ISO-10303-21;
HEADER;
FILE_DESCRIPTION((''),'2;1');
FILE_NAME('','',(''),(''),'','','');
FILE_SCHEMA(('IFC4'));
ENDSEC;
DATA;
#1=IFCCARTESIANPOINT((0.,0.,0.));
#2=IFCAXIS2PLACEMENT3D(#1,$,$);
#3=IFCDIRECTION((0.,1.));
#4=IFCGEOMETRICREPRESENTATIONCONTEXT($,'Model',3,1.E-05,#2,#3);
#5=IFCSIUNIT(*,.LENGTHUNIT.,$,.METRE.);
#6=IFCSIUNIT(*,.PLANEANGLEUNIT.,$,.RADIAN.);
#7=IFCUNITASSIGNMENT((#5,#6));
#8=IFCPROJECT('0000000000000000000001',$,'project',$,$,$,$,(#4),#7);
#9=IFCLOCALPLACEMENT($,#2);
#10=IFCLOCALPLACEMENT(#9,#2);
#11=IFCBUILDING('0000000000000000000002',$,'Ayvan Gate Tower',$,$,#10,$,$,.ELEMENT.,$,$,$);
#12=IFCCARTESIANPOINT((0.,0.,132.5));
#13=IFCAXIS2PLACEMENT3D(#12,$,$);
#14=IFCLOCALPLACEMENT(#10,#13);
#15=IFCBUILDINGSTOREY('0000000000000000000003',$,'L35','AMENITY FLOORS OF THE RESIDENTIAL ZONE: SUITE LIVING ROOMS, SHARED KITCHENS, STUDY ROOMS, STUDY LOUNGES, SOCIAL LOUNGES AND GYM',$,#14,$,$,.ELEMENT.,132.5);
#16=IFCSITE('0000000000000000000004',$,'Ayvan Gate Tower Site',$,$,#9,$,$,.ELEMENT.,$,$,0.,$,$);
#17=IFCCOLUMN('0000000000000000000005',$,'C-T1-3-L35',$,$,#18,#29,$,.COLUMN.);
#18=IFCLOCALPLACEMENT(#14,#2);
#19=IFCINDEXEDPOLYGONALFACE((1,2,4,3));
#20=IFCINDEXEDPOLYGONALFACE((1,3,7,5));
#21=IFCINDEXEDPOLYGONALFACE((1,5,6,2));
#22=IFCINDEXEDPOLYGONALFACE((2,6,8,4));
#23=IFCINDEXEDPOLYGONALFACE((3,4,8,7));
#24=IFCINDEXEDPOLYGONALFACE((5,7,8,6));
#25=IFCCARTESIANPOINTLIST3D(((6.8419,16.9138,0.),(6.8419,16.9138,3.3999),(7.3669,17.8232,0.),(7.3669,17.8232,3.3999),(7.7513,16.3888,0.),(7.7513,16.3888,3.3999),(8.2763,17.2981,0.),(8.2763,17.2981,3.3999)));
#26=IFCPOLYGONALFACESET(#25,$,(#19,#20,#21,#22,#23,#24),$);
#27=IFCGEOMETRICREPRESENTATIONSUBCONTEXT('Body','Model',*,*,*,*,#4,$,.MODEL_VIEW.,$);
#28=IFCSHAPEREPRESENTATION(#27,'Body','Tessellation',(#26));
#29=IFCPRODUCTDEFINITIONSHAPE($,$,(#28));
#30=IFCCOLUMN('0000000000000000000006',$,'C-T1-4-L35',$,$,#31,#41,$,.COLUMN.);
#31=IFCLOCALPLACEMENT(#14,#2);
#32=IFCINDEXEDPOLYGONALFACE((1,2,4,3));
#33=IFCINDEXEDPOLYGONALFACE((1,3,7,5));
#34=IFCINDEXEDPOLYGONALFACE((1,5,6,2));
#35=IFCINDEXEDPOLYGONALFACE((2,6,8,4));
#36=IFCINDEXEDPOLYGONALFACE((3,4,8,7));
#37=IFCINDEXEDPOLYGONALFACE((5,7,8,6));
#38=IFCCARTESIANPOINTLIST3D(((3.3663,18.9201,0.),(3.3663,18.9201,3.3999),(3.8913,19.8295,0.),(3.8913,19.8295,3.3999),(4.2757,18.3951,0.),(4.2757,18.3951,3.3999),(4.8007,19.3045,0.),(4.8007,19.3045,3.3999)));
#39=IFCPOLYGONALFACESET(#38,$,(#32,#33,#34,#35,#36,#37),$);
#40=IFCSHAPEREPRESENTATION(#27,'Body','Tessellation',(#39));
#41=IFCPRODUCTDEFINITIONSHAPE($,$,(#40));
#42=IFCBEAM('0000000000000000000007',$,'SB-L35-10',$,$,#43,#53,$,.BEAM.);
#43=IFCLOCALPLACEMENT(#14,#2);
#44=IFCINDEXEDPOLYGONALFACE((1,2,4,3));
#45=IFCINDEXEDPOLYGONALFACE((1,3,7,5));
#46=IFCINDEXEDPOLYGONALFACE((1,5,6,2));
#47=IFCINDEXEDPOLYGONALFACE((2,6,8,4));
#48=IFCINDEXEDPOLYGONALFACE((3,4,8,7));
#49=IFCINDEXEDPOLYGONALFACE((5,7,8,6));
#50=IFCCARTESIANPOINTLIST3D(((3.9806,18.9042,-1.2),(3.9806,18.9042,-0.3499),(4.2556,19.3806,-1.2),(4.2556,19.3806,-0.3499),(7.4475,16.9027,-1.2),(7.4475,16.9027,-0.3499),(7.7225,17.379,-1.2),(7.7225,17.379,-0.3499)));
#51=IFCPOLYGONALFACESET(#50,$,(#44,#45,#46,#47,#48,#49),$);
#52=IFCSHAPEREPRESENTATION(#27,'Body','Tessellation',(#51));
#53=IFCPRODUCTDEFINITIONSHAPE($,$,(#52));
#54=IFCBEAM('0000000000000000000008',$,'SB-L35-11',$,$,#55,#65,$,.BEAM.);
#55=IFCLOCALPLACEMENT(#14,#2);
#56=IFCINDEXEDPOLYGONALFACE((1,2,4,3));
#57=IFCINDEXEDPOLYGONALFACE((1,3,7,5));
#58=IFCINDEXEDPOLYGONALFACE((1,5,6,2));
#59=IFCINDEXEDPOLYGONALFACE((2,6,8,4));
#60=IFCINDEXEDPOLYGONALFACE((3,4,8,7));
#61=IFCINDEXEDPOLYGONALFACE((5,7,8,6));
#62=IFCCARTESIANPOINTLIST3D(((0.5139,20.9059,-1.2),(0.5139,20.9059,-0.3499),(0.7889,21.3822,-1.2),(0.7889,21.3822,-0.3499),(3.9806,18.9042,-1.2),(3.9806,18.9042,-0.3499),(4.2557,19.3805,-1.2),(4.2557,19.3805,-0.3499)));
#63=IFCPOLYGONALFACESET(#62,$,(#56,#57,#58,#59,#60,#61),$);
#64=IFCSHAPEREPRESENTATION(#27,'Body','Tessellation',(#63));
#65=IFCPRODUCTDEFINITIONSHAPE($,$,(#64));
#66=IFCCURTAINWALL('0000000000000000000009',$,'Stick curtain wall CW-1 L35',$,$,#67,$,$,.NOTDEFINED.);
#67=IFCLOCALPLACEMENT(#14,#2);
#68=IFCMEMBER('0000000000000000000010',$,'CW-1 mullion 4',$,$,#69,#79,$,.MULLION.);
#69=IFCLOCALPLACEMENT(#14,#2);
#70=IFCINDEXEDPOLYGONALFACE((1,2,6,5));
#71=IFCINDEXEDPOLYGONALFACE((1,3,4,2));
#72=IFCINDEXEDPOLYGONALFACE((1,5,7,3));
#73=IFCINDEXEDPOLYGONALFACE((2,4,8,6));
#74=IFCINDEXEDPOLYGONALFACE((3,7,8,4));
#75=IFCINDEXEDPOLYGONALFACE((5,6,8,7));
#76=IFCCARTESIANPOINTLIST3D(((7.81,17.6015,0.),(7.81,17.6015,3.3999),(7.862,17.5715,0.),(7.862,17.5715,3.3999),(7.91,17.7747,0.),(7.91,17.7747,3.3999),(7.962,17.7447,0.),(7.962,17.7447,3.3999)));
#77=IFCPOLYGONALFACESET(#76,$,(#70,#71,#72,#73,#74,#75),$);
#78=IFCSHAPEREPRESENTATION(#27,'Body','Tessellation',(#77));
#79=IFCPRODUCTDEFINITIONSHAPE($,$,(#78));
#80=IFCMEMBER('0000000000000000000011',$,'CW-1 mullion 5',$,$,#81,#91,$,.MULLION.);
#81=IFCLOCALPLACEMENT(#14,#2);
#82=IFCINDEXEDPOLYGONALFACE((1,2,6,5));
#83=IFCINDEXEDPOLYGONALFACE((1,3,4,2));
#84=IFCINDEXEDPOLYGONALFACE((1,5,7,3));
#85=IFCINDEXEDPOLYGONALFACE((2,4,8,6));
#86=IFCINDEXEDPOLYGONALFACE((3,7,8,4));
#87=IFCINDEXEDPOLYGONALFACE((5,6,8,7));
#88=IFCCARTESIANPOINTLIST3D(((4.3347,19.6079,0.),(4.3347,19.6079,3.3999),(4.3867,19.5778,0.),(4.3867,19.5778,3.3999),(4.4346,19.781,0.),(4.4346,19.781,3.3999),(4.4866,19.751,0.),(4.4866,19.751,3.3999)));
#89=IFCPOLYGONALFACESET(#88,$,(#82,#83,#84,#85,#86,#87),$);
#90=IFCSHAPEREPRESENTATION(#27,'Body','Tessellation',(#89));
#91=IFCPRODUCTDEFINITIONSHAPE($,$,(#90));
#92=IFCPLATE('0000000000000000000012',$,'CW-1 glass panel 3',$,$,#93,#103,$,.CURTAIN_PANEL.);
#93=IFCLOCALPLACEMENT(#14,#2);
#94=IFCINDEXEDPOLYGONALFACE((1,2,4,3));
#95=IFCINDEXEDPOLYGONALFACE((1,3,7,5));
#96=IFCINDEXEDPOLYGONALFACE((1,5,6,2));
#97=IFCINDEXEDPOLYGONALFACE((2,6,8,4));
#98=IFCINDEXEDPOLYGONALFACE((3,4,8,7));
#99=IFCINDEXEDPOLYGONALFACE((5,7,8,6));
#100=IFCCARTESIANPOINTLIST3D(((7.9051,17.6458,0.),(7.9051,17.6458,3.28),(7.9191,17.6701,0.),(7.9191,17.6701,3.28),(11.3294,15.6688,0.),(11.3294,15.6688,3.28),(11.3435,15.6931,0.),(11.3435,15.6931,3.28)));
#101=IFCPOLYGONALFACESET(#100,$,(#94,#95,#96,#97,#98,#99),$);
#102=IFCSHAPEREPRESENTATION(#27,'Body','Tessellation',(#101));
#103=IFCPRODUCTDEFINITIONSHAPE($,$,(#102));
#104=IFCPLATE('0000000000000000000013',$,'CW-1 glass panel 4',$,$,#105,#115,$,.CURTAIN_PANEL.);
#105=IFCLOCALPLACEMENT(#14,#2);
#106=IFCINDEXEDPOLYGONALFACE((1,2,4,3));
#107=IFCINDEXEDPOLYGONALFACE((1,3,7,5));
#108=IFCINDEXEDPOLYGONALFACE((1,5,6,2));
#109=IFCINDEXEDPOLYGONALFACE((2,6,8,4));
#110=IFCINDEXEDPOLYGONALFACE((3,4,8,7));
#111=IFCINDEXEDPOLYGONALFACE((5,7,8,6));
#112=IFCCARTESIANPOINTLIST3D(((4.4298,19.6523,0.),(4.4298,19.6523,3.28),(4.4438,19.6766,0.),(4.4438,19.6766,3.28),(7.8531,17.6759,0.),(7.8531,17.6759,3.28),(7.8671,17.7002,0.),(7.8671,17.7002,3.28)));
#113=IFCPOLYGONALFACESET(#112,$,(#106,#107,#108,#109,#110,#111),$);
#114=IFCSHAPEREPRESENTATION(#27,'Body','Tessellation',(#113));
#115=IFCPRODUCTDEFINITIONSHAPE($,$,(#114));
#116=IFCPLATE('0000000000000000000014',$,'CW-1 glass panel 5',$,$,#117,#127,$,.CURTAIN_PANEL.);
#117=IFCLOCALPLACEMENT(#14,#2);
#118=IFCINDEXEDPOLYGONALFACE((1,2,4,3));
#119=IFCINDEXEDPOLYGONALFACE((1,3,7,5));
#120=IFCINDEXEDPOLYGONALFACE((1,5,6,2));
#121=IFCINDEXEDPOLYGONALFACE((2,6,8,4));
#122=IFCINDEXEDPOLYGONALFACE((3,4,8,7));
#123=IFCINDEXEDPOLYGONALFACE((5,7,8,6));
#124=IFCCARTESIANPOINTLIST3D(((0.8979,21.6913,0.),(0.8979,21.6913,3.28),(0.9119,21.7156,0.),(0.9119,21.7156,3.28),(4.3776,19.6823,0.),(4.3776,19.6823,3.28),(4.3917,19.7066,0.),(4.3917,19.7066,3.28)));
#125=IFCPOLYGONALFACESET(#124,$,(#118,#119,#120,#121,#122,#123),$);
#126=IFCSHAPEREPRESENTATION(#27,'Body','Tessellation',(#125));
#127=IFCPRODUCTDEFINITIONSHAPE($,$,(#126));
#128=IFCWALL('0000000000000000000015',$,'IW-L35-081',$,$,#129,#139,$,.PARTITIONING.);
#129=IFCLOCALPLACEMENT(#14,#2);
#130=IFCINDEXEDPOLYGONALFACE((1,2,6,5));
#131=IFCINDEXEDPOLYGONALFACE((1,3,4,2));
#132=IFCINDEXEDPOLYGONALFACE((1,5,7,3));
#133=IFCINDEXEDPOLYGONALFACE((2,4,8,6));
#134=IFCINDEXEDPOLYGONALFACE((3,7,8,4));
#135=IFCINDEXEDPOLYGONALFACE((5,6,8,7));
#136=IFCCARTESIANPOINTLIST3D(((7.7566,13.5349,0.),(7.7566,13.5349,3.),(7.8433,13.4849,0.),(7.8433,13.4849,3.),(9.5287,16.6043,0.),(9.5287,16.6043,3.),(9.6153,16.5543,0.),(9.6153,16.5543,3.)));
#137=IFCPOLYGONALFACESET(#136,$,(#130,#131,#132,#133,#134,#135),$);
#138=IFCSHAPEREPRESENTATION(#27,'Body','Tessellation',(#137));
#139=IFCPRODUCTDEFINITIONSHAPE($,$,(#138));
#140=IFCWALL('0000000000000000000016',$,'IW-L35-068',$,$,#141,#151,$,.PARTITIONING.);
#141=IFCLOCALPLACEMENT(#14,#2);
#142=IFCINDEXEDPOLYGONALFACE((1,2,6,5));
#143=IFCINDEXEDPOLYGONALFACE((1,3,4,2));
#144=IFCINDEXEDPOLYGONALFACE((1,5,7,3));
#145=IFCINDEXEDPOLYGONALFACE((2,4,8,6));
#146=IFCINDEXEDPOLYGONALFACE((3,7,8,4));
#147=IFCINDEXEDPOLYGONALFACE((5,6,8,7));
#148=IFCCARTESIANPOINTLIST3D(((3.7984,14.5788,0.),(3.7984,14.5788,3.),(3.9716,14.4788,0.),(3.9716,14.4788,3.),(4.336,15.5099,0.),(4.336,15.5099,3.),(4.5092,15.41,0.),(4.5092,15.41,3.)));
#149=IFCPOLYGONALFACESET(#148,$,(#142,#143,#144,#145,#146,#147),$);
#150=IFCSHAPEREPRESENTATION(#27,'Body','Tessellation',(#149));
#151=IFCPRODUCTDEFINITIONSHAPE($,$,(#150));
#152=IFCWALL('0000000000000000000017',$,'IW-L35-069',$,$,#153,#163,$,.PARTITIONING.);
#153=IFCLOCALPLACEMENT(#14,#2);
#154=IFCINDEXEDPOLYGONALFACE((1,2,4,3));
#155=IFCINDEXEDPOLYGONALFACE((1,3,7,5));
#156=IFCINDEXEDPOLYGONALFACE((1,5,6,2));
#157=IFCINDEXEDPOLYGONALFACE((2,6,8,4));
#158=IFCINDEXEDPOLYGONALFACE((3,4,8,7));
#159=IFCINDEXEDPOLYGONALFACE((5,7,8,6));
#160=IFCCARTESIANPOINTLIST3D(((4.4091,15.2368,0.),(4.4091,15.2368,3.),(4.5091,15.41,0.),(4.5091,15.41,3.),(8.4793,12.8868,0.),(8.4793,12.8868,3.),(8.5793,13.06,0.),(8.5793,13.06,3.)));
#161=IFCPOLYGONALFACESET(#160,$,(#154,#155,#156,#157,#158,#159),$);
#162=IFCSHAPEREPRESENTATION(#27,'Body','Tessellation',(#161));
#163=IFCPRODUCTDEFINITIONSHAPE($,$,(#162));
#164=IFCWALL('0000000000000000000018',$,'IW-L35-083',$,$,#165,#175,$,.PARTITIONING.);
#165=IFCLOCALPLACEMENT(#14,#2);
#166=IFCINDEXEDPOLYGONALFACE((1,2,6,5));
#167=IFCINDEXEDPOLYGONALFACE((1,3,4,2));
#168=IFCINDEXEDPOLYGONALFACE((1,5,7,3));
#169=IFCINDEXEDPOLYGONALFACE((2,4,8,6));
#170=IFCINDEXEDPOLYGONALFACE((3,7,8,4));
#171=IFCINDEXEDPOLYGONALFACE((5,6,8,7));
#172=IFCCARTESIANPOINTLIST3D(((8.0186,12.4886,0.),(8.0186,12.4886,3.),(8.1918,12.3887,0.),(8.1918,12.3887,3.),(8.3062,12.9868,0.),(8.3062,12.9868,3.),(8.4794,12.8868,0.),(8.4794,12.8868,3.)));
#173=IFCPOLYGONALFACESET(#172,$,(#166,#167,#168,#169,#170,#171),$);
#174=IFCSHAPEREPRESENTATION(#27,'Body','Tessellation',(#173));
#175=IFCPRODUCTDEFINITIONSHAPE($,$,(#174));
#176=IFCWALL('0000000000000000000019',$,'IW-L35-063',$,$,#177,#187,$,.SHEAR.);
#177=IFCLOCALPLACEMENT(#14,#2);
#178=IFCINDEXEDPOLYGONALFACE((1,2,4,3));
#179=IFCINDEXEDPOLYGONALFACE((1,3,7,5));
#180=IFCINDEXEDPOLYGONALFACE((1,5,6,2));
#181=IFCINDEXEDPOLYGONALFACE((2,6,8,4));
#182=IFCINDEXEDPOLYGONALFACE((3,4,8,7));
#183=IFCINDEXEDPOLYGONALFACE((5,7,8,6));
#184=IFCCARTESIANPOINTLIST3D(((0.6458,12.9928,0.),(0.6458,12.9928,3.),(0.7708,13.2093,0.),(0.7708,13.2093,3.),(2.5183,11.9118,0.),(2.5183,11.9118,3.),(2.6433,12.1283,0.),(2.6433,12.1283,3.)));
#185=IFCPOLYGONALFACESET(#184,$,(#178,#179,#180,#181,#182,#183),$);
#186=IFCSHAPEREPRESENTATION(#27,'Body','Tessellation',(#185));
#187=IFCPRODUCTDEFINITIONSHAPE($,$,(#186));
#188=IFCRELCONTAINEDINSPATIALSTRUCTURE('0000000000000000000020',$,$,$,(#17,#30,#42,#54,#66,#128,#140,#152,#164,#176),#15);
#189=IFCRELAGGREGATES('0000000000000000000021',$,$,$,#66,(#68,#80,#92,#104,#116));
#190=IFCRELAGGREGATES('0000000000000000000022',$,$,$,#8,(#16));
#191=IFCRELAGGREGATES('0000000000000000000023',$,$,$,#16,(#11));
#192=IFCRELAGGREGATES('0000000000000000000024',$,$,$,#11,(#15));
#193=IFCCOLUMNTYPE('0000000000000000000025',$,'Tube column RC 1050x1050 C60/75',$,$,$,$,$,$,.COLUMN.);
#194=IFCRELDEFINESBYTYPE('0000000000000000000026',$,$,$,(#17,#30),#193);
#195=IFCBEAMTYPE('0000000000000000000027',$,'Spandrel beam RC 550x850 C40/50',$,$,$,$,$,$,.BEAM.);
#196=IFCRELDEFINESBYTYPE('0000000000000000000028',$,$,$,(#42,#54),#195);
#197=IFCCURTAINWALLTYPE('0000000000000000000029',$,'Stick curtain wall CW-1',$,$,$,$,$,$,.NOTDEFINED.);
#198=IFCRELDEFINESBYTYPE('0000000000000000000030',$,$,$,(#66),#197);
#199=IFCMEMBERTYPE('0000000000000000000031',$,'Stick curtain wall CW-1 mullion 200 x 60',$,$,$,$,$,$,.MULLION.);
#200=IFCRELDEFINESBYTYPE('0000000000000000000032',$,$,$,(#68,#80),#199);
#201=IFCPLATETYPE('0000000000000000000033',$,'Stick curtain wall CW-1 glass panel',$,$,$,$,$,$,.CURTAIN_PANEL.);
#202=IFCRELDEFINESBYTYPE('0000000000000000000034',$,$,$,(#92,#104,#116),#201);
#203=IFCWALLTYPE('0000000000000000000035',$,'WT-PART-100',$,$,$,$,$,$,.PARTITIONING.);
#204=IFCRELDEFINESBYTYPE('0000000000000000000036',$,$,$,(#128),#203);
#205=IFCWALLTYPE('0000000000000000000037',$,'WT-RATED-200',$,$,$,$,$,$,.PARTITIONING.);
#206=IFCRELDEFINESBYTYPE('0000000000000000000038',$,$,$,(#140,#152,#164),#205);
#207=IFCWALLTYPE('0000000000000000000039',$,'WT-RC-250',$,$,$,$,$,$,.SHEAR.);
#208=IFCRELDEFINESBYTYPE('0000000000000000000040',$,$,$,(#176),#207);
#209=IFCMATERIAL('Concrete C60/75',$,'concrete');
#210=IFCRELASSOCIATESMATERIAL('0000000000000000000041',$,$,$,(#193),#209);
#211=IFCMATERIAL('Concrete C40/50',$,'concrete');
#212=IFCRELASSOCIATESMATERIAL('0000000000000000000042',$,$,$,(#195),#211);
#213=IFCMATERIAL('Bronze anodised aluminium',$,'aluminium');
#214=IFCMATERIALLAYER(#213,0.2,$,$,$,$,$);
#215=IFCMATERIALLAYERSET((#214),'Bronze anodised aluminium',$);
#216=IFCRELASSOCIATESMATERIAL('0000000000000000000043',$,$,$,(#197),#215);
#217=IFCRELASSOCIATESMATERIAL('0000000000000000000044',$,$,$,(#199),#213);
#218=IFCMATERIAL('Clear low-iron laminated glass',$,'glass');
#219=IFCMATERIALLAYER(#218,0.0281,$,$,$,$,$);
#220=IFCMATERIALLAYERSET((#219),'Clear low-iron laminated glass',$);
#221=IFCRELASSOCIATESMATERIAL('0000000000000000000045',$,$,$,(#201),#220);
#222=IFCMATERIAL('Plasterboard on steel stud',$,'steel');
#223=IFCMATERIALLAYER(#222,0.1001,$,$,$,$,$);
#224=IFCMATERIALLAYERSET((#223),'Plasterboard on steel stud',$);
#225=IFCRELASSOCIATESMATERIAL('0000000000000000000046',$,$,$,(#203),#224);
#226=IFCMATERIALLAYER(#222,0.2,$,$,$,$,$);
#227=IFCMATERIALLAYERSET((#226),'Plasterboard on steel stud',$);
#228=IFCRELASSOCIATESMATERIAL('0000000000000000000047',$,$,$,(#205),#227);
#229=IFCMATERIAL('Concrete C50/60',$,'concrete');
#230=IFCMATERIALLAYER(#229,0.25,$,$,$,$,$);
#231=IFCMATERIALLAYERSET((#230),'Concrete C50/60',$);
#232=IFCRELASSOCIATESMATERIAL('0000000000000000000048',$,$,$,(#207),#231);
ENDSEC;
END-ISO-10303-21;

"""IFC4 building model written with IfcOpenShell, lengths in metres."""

from ifc_helpers import new_model, si_unit, direction, frame, frame_2d, origin, origin_2d, place, context, subcontext, project, spatial, rectangle, extrude, material, layer, layer_set, material_profile, profile_set, type_object, element, aggregate, save


model = new_model("IFC4")

# Units and contexts
model_context = context("Model", 3, precision=1e-05, world=origin(), true_north=direction((0.0, 1.0)))
body_context = subcontext(model_context, "Body", "Model", "MODEL_VIEW")
ifc_project = project(units=[si_unit("LENGTHUNIT", "METRE"), si_unit("PLANEANGLEUNIT", "RADIAN")], contexts=[model_context])

# Site, building, storey
site_placement = place(None, origin())
site = spatial("IfcSite", under=ifc_project, at=site_placement, Name="Ayvan Gate Tower Site", CompositionType="ELEMENT", RefElevation=0.0)
building_placement = place(site_placement, origin())
building = spatial("IfcBuilding", under=site, at=building_placement, Name="Ayvan Gate Tower", CompositionType="ELEMENT")
storey_placement = place(building_placement, frame((0.0, 0.0, 132.5)))
storey = spatial("IfcBuildingStorey", under=building, at=storey_placement, Name="L35", Description="AMENITY FLOORS OF THE RESIDENTIAL ZONE: SUITE LIVING ROOMS, SHARED KITCHENS, STUDY ROOMS, STUDY LOUNGES, SOCIAL LOUNGES AND GYM", CompositionType="ELEMENT", Elevation=132.5)

# Columns
ifc_material_1 = material(Name="Concrete C60/75", Category="concrete")
ifc_material_profile_1 = material_profile(ifc_material_1, rectangle(XDim=1.05, YDim=1.05, at=origin_2d()), Name="RC 1050x1050")
ifc_profile_set_1 = profile_set([ifc_material_profile_1], Name="Concrete C60/75")
column_type = type_object("IfcColumnType", Name="Tube column RC 1050x1050 C60/75", PredefinedType="COLUMN", material=ifc_profile_set_1)
for number, where, z_axis, x_axis, name in (
    (1, (7.5591, 17.106, 0.0), (0.0, 0.0, 1.0), (0.5, 0.866025, 0.0), "C-T1-3-L35"),
    (2, (4.0835, 19.1123, 0.0), (0.0, 0.0, 1.0), (0.5, 0.866025, 0.0), "C-T1-4-L35"),
):
    element("IfcColumn", number, at=place(storey_placement, frame(where, z_axis=z_axis, x_axis=x_axis)), inside=storey, type_object=column_type, Name=name, PredefinedType="COLUMN", context=body_context, shape_type="SweptSolid", body=[
        extrude(rectangle(XDim=1.05, YDim=1.05, at=origin_2d()), origin(), (0.0, 0.0, 1.0), 3.3999),
    ])

# Beams
ifc_material_2 = material(Name="Concrete C40/50", Category="concrete")
ifc_material_profile_2 = material_profile(ifc_material_2, rectangle(XDim=0.55, YDim=0.8501, at=origin_2d()), Name="RC 550x850")
ifc_profile_set_2 = profile_set([ifc_material_profile_2], Name="Concrete C40/50")
beam_type = type_object("IfcBeamType", Name="Spandrel beam RC 550x850 C40/50", PredefinedType="BEAM", material=ifc_profile_set_2)
for number, where, z_axis, x_axis, name in (
    (3, (7.585, 17.1409, -0.7749), (-0.866035, 0.499983, 0.0), (-0.499983, -0.866035, 0.0), "SB-L35-10"),
    (4, (4.1182, 19.1423, -0.7749), (-0.866009, 0.500029, 0.0), (-0.500029, -0.866009, 0.0), "SB-L35-11"),
):
    element("IfcBeam", number, at=place(storey_placement, frame(where, z_axis=z_axis, x_axis=x_axis)), inside=storey, type_object=beam_type, Name=name, PredefinedType="BEAM", context=body_context, shape_type="SweptSolid", body=[
        extrude(rectangle(XDim=0.55, YDim=0.8501, at=origin_2d()), origin(), (0.0, 0.0, 1.0), 4.0032),
    ])

# Curtain wall, members, plates
ifc_material_3 = material(Name="Bronze anodised aluminium", Category="aluminium")
ifc_layer_1 = layer(ifc_material_3, 0.2)
ifc_layer_set_1 = layer_set([ifc_layer_1], Name="Bronze anodised aluminium")
curtain_wall_type = type_object("IfcCurtainWallType", Name="Stick curtain wall CW-1", PredefinedType="NOTDEFINED", material=ifc_layer_set_1)
curtain_wall_placement = place(storey_placement, origin())
curtain_wall = element("IfcCurtainWall", 5, at=curtain_wall_placement, inside=storey, type_object=curtain_wall_type, Name="Stick curtain wall CW-1 L35", PredefinedType="NOTDEFINED")
ifc_material_profile_3 = material_profile(ifc_material_3, rectangle(XDim=0.2, YDim=0.0601, at=origin_2d()), Name="Stick curtain wall CW-1 mullion 200 x 60")
ifc_profile_set_3 = profile_set([ifc_material_profile_3], Name="Bronze anodised aluminium")
member_type = type_object("IfcMemberType", Name="Stick curtain wall CW-1 mullion 200 x 60", PredefinedType="MULLION", material=ifc_profile_set_3)
member_1_placement = place(storey_placement, frame((7.886, 17.6731, 0.0), z_axis=(0.0, 0.0, 1.0), x_axis=(0.5, 0.866025, 0.0)))
member_1 = element("IfcMember", 6, at=member_1_placement, type_object=member_type, Name="CW-1 mullion 4", PredefinedType="MULLION", context=body_context, shape_type="SweptSolid", body=[
    extrude(rectangle(XDim=0.2, YDim=0.0601, at=origin_2d()), origin(), (0.0, 0.0, 1.0), 3.3999),
])
member_2_placement = place(storey_placement, frame((4.4106, 19.6794, 0.0), z_axis=(0.0, 0.0, 1.0), x_axis=(0.5, 0.866025, 0.0)))
member_2 = element("IfcMember", 7, at=member_2_placement, type_object=member_type, Name="CW-1 mullion 5", PredefinedType="MULLION", context=body_context, shape_type="SweptSolid", body=[
    extrude(rectangle(XDim=0.2, YDim=0.0601, at=origin_2d()), origin(), (0.0, 0.0, 1.0), 3.3999),
])
ifc_material_4 = material(Name="Clear low-iron laminated glass", Category="glass")
ifc_layer_2 = layer(ifc_material_4, 0.0281)
ifc_layer_set_2 = layer_set([ifc_layer_2], Name="Clear low-iron laminated glass")
plate_type = type_object("IfcPlateType", Name="Stick curtain wall CW-1 glass panel", PredefinedType="CURTAIN_PANEL", material=ifc_layer_set_2)
plate_1_placement = place(storey_placement, frame((9.6243, 16.6694, 0.0), z_axis=(0.0, 0.0, 1.0), x_axis=(-0.866025, 0.5, 0.0)))
plate_1 = element("IfcPlate", 8, at=plate_1_placement, type_object=plate_type, Name="CW-1 glass panel 3", PredefinedType="CURTAIN_PANEL", context=body_context, shape_type="SweptSolid", body=[
    extrude(rectangle(XDim=3.9541, YDim=0.0281, at=origin_2d()), origin(), (0.0, 0.0, 1.0), 3.28),
])
plate_2_placement = place(storey_placement, frame((6.1484, 18.6763, 0.0), z_axis=(0.0, 0.0, 1.0), x_axis=(-0.866025, 0.5, 0.0)))
plate_2 = element("IfcPlate", 9, at=plate_2_placement, type_object=plate_type, Name="CW-1 glass panel 4", PredefinedType="CURTAIN_PANEL", context=body_context, shape_type="SweptSolid", body=[
    extrude(rectangle(XDim=3.9529, YDim=0.0281, at=origin_2d()), origin(), (0.0, 0.0, 1.0), 3.28),
])
plate_3_placement = place(storey_placement, frame((2.6448, 20.699, 0.0), z_axis=(0.0, 0.0, 1.0), x_axis=(-0.866025, 0.5, 0.0)))
plate_3 = element("IfcPlate", 10, at=plate_3_placement, type_object=plate_type, Name="CW-1 glass panel 5", PredefinedType="CURTAIN_PANEL", context=body_context, shape_type="SweptSolid", body=[
    extrude(rectangle(XDim=4.0181, YDim=0.0281, at=origin_2d()), origin(), (0.0, 0.0, 1.0), 3.28),
])
aggregate(curtain_wall, [member_1, member_2, plate_1, plate_2, plate_3])

# Walls
ifc_material_5 = material(Name="Plasterboard on steel stud", Category="steel")
ifc_layer_3 = layer(ifc_material_5, 0.1001)
ifc_layer_set_3 = layer_set([ifc_layer_3], Name="Plasterboard on steel stud")
wall_type_1 = type_object("IfcWallType", Name="WT-PART-100", PredefinedType="PARTITIONING", material=ifc_layer_set_3)
wall_1_placement = place(storey_placement, frame((7.8, 13.51, 0.0), z_axis=(0.0, 0.0, 1.0), x_axis=(0.499977, 0.866039, 0.0)))
element("IfcWall", 11, at=wall_1_placement, inside=storey, type_object=wall_type_1, Name="IW-L35-081", PredefinedType="PARTITIONING", context=body_context, shape_type="SweptSolid", body=[
    extrude(rectangle(XDim=3.5442, YDim=0.1001, at=frame_2d((1.772, 0.0))), origin(), (0.0, 0.0, 1.0), 3.0),
])
ifc_layer_4 = layer(ifc_material_5, 0.2)
ifc_layer_set_4 = layer_set([ifc_layer_4], Name="Plasterboard on steel stud")
wall_type_2 = type_object("IfcWallType", Name="WT-RATED-200", PredefinedType="PARTITIONING", material=ifc_layer_set_4)
wall_2_placement = place(storey_placement, frame((3.885, 14.5288, 0.0), z_axis=(0.0, 0.0, 1.0), x_axis=(0.499998, 0.866027, 0.0)))
element("IfcWall", 12, at=wall_2_placement, inside=storey, type_object=wall_type_2, Name="IW-L35-068", PredefinedType="PARTITIONING", context=body_context, shape_type="SweptSolid", body=[
    extrude(rectangle(XDim=1.0752, YDim=0.2, at=frame_2d((0.5376, 0.0))), origin(), (0.0, 0.0, 1.0), 3.0),
])
wall_3_placement = place(storey_placement, frame((4.459, 15.3235, 0.0), z_axis=(0.0, 0.0, 1.0), x_axis=(0.866016, -0.500016, 0.0)))
element("IfcWall", 13, at=wall_3_placement, inside=storey, type_object=wall_type_2, Name="IW-L35-069", PredefinedType="PARTITIONING", context=body_context, shape_type="SweptSolid", body=[
    extrude(rectangle(XDim=4.7, YDim=0.2, at=frame_2d((2.3501, 0.0))), origin(), (0.0, 0.0, 1.0), 3.0),
])
wall_4_placement = place(storey_placement, frame((8.3928, 12.9368, 0.0), z_axis=(0.0, 0.0, 1.0), x_axis=(-0.500065, -0.865988, 0.0)))
element("IfcWall", 14, at=wall_4_placement, inside=storey, type_object=wall_type_2, Name="IW-L35-083", PredefinedType="PARTITIONING", context=body_context, shape_type="SweptSolid", body=[
    extrude(rectangle(XDim=0.5752, YDim=0.2, at=frame_2d((0.2876, 0.0))), origin(), (0.0, 0.0, 1.0), 3.0),
])
ifc_material_6 = material(Name="Concrete C50/60", Category="concrete")
ifc_layer_5 = layer(ifc_material_6, 0.25)
ifc_layer_set_5 = layer_set([ifc_layer_5], Name="Concrete C50/60")
wall_type_3 = type_object("IfcWallType", Name="WT-RC-250", PredefinedType="SHEAR", material=ifc_layer_set_5)
wall_5_placement = place(storey_placement, frame((2.5808, 12.02, 0.0), z_axis=(0.0, 0.0, 1.0), x_axis=(-0.866039, 0.499977, 0.0)))
element("IfcWall", 15, at=wall_5_placement, inside=storey, type_object=wall_type_3, Name="IW-L35-063", PredefinedType="SHEAR", context=body_context, shape_type="SweptSolid", body=[
    extrude(rectangle(XDim=2.1621, YDim=0.25, at=frame_2d((1.0811, 0.0))), origin(), (0.0, 0.0, 1.0), 3.0),
])

save(model, "model.ifc")
